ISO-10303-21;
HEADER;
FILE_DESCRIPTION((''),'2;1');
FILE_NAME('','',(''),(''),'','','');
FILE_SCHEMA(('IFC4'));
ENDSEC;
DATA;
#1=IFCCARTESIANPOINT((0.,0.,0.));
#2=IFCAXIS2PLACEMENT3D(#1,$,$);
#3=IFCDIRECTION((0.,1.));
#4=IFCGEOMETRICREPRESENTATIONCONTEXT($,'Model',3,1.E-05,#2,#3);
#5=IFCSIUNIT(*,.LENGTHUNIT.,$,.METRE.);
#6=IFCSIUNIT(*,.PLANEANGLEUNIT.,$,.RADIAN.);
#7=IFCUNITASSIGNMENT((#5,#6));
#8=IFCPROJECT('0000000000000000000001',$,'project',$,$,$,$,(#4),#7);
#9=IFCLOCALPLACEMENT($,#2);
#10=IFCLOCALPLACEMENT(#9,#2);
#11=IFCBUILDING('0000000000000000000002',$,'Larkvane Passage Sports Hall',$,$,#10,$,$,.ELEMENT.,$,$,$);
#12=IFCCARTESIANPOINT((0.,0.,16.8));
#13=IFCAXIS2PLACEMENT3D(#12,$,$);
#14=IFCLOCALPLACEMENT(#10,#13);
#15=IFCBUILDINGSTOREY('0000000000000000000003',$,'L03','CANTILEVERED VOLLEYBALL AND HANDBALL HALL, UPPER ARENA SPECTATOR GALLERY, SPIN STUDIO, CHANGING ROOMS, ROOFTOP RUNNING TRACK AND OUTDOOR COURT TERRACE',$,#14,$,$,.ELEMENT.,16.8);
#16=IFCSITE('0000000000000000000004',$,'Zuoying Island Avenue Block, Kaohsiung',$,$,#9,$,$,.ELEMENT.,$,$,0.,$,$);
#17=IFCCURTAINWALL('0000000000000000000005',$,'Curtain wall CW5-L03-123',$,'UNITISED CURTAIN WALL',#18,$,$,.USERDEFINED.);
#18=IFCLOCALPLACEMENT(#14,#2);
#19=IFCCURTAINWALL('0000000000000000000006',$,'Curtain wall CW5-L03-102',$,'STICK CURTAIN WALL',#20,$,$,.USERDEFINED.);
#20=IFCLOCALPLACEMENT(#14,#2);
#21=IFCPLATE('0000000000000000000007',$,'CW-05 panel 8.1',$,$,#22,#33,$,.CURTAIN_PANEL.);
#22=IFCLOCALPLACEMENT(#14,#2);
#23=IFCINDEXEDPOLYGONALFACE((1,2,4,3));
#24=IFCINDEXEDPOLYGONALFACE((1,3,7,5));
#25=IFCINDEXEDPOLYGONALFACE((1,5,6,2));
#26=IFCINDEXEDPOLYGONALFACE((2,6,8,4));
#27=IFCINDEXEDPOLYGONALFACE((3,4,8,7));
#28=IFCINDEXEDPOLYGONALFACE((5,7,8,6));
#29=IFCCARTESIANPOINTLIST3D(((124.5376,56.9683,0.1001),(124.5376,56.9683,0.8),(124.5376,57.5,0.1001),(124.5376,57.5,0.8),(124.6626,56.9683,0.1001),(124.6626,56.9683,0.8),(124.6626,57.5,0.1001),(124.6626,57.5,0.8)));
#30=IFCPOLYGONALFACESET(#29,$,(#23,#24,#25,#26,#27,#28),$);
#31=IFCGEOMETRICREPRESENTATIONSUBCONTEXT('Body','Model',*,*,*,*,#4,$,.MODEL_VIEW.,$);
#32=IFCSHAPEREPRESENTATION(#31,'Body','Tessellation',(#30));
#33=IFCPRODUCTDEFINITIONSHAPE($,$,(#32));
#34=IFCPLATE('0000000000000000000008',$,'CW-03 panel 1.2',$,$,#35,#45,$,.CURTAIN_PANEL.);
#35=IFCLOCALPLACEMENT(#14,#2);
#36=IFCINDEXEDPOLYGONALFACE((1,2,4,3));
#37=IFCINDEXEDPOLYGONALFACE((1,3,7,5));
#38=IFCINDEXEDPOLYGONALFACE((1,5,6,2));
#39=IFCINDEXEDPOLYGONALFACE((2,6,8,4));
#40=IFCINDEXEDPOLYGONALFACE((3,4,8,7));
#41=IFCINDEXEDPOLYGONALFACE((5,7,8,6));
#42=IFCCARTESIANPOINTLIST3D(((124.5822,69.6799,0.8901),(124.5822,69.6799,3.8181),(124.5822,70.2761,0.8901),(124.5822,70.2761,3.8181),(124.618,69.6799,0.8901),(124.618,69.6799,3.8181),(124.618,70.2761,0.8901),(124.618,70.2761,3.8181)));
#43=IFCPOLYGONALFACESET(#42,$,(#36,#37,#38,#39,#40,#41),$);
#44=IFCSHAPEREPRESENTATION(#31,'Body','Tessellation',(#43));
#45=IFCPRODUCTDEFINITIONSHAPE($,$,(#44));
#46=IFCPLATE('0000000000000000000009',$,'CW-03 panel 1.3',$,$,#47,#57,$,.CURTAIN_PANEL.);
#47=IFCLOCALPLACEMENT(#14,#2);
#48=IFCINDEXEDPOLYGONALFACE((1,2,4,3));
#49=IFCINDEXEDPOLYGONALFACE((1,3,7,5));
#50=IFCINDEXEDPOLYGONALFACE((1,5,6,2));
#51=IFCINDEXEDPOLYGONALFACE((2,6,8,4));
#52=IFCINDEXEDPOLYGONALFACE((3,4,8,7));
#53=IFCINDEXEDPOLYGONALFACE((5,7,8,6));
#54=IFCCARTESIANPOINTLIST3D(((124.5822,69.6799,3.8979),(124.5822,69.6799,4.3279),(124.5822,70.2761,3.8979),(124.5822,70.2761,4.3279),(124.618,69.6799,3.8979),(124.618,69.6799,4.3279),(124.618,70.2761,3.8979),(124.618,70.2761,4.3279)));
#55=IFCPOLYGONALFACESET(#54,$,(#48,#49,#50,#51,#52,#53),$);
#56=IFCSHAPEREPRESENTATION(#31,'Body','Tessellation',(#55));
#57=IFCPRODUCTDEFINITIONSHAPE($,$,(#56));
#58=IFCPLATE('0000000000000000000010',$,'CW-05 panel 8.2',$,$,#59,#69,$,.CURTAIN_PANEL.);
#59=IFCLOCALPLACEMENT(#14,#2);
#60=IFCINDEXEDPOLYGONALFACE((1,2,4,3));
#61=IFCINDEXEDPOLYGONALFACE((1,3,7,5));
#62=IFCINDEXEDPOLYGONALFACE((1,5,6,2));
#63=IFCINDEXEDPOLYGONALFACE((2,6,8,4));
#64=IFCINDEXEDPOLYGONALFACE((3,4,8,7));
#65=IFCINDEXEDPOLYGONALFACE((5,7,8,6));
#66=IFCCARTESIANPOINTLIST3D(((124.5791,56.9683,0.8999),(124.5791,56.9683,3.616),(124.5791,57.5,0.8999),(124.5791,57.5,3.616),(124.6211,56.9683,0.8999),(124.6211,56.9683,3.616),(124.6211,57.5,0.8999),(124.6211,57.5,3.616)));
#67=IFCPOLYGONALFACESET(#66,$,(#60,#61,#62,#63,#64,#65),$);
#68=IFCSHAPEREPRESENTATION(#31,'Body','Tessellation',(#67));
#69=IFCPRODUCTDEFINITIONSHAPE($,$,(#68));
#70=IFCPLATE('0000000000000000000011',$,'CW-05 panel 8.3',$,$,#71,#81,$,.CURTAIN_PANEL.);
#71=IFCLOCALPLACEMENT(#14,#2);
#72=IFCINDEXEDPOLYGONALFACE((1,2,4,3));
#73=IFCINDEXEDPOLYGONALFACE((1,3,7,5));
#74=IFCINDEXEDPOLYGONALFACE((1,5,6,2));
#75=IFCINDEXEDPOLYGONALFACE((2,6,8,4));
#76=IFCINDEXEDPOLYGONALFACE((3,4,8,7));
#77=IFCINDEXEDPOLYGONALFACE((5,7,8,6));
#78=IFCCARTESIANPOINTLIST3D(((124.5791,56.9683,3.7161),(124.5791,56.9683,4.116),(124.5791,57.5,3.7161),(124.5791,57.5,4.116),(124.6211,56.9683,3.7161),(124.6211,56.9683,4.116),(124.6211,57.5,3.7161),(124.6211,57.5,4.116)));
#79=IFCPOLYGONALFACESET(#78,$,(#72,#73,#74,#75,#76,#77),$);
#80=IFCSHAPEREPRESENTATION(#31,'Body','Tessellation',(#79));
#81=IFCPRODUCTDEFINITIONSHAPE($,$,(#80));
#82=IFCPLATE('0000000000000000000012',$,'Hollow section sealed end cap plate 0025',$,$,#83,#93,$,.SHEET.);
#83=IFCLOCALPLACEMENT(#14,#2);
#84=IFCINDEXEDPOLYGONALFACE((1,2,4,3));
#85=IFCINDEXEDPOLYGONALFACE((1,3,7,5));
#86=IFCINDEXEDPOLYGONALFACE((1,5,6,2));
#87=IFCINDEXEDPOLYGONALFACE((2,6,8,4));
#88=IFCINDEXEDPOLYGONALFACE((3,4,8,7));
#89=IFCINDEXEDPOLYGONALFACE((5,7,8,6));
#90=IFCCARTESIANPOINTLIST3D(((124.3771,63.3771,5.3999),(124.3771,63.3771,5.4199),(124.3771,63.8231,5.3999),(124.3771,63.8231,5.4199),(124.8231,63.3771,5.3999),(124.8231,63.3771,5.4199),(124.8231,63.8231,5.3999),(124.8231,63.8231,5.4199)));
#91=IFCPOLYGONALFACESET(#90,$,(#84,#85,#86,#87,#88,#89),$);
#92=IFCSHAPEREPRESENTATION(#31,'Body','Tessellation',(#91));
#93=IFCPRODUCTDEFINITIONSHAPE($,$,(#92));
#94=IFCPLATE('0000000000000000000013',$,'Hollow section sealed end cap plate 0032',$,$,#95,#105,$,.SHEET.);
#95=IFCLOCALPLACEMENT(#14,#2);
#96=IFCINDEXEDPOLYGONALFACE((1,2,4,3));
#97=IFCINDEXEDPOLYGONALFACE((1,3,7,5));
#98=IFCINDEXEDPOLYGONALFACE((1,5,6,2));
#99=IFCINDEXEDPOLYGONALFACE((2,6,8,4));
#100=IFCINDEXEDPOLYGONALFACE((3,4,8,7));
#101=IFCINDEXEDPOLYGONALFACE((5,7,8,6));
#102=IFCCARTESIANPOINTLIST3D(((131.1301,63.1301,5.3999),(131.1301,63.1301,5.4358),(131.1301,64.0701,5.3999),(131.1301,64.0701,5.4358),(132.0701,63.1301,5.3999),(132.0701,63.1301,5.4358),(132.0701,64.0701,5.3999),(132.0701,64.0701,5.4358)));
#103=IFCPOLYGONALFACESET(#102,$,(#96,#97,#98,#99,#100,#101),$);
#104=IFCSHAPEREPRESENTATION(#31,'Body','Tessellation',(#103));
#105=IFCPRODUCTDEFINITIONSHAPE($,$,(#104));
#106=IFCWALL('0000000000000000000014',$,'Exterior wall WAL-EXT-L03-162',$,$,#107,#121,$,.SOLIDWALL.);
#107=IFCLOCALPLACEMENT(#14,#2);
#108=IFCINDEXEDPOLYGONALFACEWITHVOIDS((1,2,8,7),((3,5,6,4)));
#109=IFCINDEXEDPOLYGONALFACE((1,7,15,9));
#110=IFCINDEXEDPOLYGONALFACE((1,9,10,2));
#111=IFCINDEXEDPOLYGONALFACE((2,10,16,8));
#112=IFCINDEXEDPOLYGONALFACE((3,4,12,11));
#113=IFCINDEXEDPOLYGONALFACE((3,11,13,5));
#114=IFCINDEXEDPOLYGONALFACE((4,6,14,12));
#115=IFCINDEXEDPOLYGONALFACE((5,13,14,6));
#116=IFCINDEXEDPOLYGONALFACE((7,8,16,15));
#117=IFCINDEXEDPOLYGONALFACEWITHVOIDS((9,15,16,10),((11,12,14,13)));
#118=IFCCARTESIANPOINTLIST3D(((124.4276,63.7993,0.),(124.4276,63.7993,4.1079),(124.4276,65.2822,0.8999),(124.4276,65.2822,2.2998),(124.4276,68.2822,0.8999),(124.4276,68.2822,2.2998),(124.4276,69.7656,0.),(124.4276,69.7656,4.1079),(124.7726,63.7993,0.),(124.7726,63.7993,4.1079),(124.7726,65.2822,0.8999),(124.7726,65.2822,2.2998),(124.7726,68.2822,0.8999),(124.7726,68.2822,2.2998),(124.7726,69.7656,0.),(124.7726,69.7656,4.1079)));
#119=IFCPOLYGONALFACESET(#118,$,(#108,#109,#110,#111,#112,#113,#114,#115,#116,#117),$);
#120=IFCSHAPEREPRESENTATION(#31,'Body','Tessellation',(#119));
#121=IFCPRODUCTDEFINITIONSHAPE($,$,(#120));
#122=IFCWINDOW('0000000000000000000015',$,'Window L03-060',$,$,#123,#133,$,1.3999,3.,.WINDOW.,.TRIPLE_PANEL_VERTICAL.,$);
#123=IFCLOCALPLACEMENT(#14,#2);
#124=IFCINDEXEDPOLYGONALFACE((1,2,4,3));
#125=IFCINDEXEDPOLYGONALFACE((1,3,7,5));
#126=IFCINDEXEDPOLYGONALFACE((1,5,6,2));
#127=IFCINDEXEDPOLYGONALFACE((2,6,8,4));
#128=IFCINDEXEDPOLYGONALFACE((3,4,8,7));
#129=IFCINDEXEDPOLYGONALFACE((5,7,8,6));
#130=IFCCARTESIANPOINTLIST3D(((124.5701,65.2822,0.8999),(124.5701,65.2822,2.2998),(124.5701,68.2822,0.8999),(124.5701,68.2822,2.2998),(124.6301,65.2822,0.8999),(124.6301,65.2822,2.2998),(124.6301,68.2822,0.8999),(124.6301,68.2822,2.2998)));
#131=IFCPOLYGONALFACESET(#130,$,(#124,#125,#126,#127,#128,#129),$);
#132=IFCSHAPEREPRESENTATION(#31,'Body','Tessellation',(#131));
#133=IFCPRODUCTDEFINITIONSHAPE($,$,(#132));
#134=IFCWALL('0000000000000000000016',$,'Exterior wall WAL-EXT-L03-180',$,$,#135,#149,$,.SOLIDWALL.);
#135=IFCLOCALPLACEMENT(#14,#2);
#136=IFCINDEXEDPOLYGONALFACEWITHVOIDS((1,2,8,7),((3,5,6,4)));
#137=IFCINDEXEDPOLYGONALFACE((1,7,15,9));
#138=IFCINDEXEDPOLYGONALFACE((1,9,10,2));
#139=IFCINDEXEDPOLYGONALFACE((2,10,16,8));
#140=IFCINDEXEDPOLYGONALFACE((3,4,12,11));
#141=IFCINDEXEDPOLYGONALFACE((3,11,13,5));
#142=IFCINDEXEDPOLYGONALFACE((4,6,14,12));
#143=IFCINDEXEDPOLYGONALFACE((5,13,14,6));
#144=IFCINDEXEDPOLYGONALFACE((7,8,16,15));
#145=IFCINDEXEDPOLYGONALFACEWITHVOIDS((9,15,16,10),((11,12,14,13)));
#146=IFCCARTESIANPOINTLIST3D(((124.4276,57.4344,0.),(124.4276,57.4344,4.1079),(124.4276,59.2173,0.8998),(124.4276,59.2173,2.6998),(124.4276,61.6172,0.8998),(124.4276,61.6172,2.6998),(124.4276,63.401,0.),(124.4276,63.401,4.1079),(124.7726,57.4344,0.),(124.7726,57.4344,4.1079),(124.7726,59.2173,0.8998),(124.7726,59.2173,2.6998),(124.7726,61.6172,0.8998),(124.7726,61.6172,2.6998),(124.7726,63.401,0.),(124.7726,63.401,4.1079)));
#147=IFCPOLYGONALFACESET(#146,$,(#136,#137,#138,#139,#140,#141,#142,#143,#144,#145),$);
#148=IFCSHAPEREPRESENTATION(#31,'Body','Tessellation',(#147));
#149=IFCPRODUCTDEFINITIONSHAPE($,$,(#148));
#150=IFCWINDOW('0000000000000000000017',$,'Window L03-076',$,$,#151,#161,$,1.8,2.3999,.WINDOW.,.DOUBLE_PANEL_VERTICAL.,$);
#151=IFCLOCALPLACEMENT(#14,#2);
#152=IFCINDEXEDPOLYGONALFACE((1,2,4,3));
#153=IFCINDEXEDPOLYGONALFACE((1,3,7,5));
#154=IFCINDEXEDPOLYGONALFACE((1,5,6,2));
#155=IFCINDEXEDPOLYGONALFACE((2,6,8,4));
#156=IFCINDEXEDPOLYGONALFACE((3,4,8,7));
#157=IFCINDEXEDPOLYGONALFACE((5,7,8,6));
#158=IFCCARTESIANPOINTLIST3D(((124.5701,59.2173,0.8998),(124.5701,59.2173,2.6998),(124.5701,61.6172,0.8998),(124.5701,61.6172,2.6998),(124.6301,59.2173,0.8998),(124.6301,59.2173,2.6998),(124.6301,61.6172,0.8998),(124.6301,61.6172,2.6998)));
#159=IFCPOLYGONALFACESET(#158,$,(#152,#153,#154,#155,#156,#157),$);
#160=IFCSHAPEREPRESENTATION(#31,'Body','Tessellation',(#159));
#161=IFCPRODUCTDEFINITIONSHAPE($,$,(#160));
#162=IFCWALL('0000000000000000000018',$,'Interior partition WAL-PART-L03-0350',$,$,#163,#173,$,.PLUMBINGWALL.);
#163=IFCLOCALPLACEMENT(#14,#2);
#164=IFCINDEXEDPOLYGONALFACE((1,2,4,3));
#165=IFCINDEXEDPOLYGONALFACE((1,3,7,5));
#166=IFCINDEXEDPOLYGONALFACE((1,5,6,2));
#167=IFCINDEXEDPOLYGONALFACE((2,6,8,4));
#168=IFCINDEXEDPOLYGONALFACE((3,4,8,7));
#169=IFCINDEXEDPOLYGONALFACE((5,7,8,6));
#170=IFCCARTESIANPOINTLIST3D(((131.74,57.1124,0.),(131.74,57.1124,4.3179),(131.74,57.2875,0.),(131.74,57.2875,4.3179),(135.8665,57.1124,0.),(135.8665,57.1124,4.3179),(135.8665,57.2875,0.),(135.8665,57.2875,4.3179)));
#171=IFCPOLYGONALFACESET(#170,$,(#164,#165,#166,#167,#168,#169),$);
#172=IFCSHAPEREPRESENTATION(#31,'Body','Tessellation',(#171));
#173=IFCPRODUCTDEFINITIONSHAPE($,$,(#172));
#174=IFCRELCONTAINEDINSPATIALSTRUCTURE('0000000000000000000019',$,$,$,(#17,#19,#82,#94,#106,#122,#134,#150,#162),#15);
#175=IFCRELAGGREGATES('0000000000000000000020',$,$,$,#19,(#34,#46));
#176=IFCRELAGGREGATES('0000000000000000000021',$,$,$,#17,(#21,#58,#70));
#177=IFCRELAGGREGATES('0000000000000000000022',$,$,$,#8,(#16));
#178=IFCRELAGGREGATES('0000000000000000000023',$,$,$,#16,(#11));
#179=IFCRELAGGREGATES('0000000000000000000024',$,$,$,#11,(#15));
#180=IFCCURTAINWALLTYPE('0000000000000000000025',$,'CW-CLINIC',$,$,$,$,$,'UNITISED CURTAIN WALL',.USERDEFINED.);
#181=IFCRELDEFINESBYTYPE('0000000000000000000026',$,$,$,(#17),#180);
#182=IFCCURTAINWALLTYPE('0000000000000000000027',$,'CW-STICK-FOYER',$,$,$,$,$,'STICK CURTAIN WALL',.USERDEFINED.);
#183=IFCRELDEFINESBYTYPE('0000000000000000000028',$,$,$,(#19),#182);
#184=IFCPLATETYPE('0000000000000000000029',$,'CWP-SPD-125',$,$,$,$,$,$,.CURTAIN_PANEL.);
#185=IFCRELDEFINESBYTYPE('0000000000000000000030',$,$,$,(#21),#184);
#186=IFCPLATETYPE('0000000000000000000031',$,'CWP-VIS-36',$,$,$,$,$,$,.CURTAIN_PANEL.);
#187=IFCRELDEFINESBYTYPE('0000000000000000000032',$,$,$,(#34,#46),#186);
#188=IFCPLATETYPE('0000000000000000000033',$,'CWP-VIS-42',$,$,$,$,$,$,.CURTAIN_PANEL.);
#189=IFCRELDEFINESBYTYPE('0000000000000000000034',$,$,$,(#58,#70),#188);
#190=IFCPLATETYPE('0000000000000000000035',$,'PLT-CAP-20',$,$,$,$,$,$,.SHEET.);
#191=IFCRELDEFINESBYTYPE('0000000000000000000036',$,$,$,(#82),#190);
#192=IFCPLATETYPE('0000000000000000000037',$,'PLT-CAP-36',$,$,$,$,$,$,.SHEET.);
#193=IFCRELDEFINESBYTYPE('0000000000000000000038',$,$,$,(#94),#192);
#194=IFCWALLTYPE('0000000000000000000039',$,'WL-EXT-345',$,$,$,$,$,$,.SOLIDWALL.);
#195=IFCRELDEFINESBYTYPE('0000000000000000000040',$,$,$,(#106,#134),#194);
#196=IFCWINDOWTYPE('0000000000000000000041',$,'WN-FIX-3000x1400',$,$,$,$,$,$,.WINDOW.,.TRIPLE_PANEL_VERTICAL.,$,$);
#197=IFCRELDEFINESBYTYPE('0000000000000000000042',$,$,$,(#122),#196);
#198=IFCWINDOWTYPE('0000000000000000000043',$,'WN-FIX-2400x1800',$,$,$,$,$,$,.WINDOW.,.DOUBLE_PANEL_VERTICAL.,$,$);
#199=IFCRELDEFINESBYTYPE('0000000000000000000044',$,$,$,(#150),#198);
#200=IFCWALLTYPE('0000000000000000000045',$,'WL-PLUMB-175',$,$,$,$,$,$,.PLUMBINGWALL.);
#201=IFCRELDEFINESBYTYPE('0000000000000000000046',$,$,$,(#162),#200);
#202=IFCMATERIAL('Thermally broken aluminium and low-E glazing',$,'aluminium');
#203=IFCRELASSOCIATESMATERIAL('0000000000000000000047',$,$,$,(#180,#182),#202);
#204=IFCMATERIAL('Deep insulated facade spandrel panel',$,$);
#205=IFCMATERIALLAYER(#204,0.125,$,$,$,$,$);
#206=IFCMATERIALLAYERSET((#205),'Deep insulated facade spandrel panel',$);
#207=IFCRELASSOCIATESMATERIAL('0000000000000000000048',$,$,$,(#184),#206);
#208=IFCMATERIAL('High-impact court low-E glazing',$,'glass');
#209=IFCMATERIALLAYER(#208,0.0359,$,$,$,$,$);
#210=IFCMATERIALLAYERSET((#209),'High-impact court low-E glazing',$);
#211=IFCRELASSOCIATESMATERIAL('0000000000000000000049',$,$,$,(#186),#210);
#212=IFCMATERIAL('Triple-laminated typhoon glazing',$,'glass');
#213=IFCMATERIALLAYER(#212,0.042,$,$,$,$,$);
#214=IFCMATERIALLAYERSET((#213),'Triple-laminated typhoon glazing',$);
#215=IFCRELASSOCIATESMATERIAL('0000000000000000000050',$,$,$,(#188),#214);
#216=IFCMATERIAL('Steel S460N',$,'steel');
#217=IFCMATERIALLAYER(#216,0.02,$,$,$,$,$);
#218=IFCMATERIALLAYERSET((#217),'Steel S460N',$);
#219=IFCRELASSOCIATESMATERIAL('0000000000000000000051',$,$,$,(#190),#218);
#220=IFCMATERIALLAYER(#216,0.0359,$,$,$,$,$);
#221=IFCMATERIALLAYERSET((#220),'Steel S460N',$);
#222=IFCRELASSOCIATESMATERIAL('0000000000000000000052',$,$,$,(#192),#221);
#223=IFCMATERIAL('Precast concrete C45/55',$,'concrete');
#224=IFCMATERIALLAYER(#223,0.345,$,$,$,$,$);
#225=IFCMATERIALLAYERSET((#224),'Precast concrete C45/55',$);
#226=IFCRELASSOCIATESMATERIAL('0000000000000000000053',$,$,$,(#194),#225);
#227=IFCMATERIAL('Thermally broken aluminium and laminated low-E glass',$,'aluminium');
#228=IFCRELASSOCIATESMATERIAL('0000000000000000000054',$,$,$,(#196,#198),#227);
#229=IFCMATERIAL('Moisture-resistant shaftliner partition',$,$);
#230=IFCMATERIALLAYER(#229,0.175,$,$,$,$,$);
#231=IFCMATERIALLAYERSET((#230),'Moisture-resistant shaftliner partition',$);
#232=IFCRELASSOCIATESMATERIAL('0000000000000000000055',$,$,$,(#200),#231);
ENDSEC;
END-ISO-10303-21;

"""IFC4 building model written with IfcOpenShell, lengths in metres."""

from ifc_helpers import new_model, si_unit, direction, frame, frame_2d, origin, origin_2d, place, context, subcontext, project, spatial, rectangle, extrude, material, layer, layer_set, type_object, element, fill, aggregate, save


model = new_model("IFC4")

# Units and contexts
model_context = context("Model", 3, precision=1e-05, world=origin(), true_north=direction((0.0, 1.0)))
body_context = subcontext(model_context, "Body", "Model", "MODEL_VIEW")
ifc_project = project(units=[si_unit("LENGTHUNIT", "METRE"), si_unit("PLANEANGLEUNIT", "RADIAN")], contexts=[model_context])

# Site, building, storey
site_placement = place(None, origin())
site = spatial("IfcSite", under=ifc_project, at=site_placement, Name="Zuoying Island Avenue Block, Kaohsiung", CompositionType="ELEMENT", RefElevation=0.0)
building_placement = place(site_placement, origin())
building = spatial("IfcBuilding", under=site, at=building_placement, Name="Larkvane Passage Sports Hall", CompositionType="ELEMENT")
storey_placement = place(building_placement, frame((0.0, 0.0, 16.8)))
storey = spatial("IfcBuildingStorey", under=building, at=storey_placement, Name="L03", Description="CANTILEVERED VOLLEYBALL AND HANDBALL HALL, UPPER ARENA SPECTATOR GALLERY, SPIN STUDIO, CHANGING ROOMS, ROOFTOP RUNNING TRACK AND OUTDOOR COURT TERRACE", CompositionType="ELEMENT", Elevation=16.8)

# Shared definitions
ifc_material_1 = material(Name="Steel S460N", Category="steel")

# Curtain wall
ifc_material_2 = material(Name="Thermally broken aluminium and low-E glazing", Category="aluminium")
curtain_wall_type_1 = type_object("IfcCurtainWallType", Name="CW-CLINIC", ElementType="UNITISED CURTAIN WALL", PredefinedType="USERDEFINED", material=ifc_material_2)
curtain_wall_1_placement = place(storey_placement, origin())
curtain_wall_1 = element("IfcCurtainWall", 1, at=curtain_wall_1_placement, inside=storey, type_object=curtain_wall_type_1, Name="Curtain wall CW5-L03-123", ObjectType="UNITISED CURTAIN WALL", PredefinedType="USERDEFINED")

# Curtain wall
curtain_wall_type_2 = type_object("IfcCurtainWallType", Name="CW-STICK-FOYER", ElementType="STICK CURTAIN WALL", PredefinedType="USERDEFINED", material=ifc_material_2)
curtain_wall_2_placement = place(storey_placement, origin())
curtain_wall_2 = element("IfcCurtainWall", 2, at=curtain_wall_2_placement, inside=storey, type_object=curtain_wall_type_2, Name="Curtain wall CW5-L03-102", ObjectType="STICK CURTAIN WALL", PredefinedType="USERDEFINED")

# Plates
ifc_material_3 = material(Name="Deep insulated facade spandrel panel")
ifc_layer_1 = layer(ifc_material_3, 0.125)
ifc_layer_set_1 = layer_set([ifc_layer_1], Name="Deep insulated facade spandrel panel")
plate_type_1 = type_object("IfcPlateType", Name="CWP-SPD-125", PredefinedType="CURTAIN_PANEL", material=ifc_layer_set_1)
plate_1_placement = place(storey_placement, frame((124.6001, 57.2341, 0.1001), z_axis=(0.0, 0.0, 1.0), x_axis=(0.0, 1.0, 0.0)))
plate_1 = element("IfcPlate", 3, at=plate_1_placement, type_object=plate_type_1, Name="CW-05 panel 8.1", PredefinedType="CURTAIN_PANEL", context=body_context, shape_type="SweptSolid", body=[
    extrude(rectangle(XDim=0.5317, YDim=0.125, at=origin_2d()), origin(), (0.0, 0.0, 1.0), 0.7),
])
ifc_material_4 = material(Name="High-impact court low-E glazing", Category="glass")
ifc_layer_2 = layer(ifc_material_4, 0.0359)
ifc_layer_set_2 = layer_set([ifc_layer_2], Name="High-impact court low-E glazing")
plate_type_2 = type_object("IfcPlateType", Name="CWP-VIS-36", PredefinedType="CURTAIN_PANEL", material=ifc_layer_set_2)
plate_2_placement = place(storey_placement, frame((124.6001, 69.978, 0.8901), z_axis=(0.0, 0.0, 1.0), x_axis=(0.0, 1.0, 0.0)))
plate_2 = element("IfcPlate", 4, at=plate_2_placement, type_object=plate_type_2, Name="CW-03 panel 1.2", PredefinedType="CURTAIN_PANEL", context=body_context, shape_type="SweptSolid", body=[
    extrude(rectangle(XDim=0.5962, YDim=0.0359, at=origin_2d()), origin(), (0.0, 0.0, 1.0), 2.928),
])
plate_3_placement = place(storey_placement, frame((124.6001, 69.978, 3.8979), z_axis=(0.0, 0.0, 1.0), x_axis=(0.0, 1.0, 0.0)))
plate_3 = element("IfcPlate", 5, at=plate_3_placement, type_object=plate_type_2, Name="CW-03 panel 1.3", PredefinedType="CURTAIN_PANEL", context=body_context, shape_type="SweptSolid", body=[
    extrude(rectangle(XDim=0.5962, YDim=0.0359, at=origin_2d()), origin(), (0.0, 0.0, 1.0), 0.4299),
])
aggregate(curtain_wall_2, [plate_2, plate_3])
ifc_material_5 = material(Name="Triple-laminated typhoon glazing", Category="glass")
ifc_layer_3 = layer(ifc_material_5, 0.042)
ifc_layer_set_3 = layer_set([ifc_layer_3], Name="Triple-laminated typhoon glazing")
plate_type_3 = type_object("IfcPlateType", Name="CWP-VIS-42", PredefinedType="CURTAIN_PANEL", material=ifc_layer_set_3)
plate_4_placement = place(storey_placement, frame((124.6001, 57.2341, 0.8999), z_axis=(0.0, 0.0, 1.0), x_axis=(0.0, 1.0, 0.0)))
plate_4 = element("IfcPlate", 6, at=plate_4_placement, type_object=plate_type_3, Name="CW-05 panel 8.2", PredefinedType="CURTAIN_PANEL", context=body_context, shape_type="SweptSolid", body=[
    extrude(rectangle(XDim=0.5317, YDim=0.042, at=origin_2d()), origin(), (0.0, 0.0, 1.0), 2.7161),
])
plate_5_placement = place(storey_placement, frame((124.6001, 57.2341, 3.7161), z_axis=(0.0, 0.0, 1.0), x_axis=(0.0, 1.0, 0.0)))
plate_5 = element("IfcPlate", 7, at=plate_5_placement, type_object=plate_type_3, Name="CW-05 panel 8.3", PredefinedType="CURTAIN_PANEL", context=body_context, shape_type="SweptSolid", body=[
    extrude(rectangle(XDim=0.5317, YDim=0.042, at=origin_2d()), origin(), (0.0, 0.0, 1.0), 0.3999),
])
aggregate(curtain_wall_1, [plate_1, plate_4, plate_5])

# Plates
ifc_layer_4 = layer(ifc_material_1, 0.02)
ifc_layer_set_4 = layer_set([ifc_layer_4], Name="Steel S460N")
plate_type_4 = type_object("IfcPlateType", Name="PLT-CAP-20", PredefinedType="SHEET", material=ifc_layer_set_4)
plate_6_placement = place(storey_placement, frame((124.6001, 63.6001, 5.3999), z_axis=(0.0, 0.0, 1.0), x_axis=(1.0, 0.0, 0.0)))
element("IfcPlate", 8, at=plate_6_placement, inside=storey, type_object=plate_type_4, Name="Hollow section sealed end cap plate 0025", PredefinedType="SHEET", context=body_context, shape_type="SweptSolid", body=[
    extrude(rectangle(XDim=0.446, YDim=0.446, at=origin_2d()), origin(), (0.0, 0.0, 1.0), 0.02),
])
ifc_layer_5 = layer(ifc_material_1, 0.0359)
ifc_layer_set_5 = layer_set([ifc_layer_5], Name="Steel S460N")
plate_type_5 = type_object("IfcPlateType", Name="PLT-CAP-36", PredefinedType="SHEET", material=ifc_layer_set_5)
plate_7_placement = place(storey_placement, frame((131.6001, 63.6001, 5.3999), z_axis=(0.0, 0.0, 1.0), x_axis=(1.0, 0.0, 0.0)))
element("IfcPlate", 9, at=plate_7_placement, inside=storey, type_object=plate_type_5, Name="Hollow section sealed end cap plate 0032", PredefinedType="SHEET", context=body_context, shape_type="SweptSolid", body=[
    extrude(rectangle(XDim=0.9399, YDim=0.9399, at=origin_2d()), origin(), (0.0, 0.0, 1.0), 0.0359),
])

# Walls, openings, windows
ifc_material_6 = material(Name="Precast concrete C45/55", Category="concrete")
ifc_layer_6 = layer(ifc_material_6, 0.345)
ifc_layer_set_6 = layer_set([ifc_layer_6], Name="Precast concrete C45/55")
wall_type_1 = type_object("IfcWallType", Name="WL-EXT-345", PredefinedType="SOLIDWALL", material=ifc_layer_set_6)
wall_1_placement = place(storey_placement, frame((124.6001, 63.7993, 0.0), z_axis=(0.0, 0.0, 1.0), x_axis=(0.0, 1.0, 0.0)))
wall_1 = element("IfcWall", 10, at=wall_1_placement, inside=storey, type_object=wall_type_1, Name="Exterior wall WAL-EXT-L03-162", PredefinedType="SOLIDWALL", context=body_context, shape_type="SweptSolid", body=[
    extrude(rectangle(XDim=5.9663, YDim=0.345, at=frame_2d((2.9832, 0.0))), origin(), (0.0, 0.0, 1.0), 4.1079),
])
opening_1_placement = place(wall_1_placement, frame((1.4829, 0.0, 0.8999)))
opening_1 = element("IfcOpeningElement", 11, at=opening_1_placement, cuts=wall_1, PredefinedType="OPENING", context=body_context, shape_type="SweptSolid", body=[
    extrude(rectangle(XDim=3.0, YDim=1.3999, at=frame_2d((1.5, 0.7))), frame((0.0, 0.1824, 0.0), z_axis=(0.0, -1.0, 0.0), x_axis=(1.0, 0.0, 0.0)), (0.0, 0.0, 1.0), 0.365),
])
ifc_material_7 = material(Name="Thermally broken aluminium and laminated low-E glass", Category="aluminium")
window_type_1 = type_object("IfcWindowType", Name="WN-FIX-3000x1400", PartitioningType="TRIPLE_PANEL_VERTICAL", PredefinedType="WINDOW", material=ifc_material_7)
window_1_placement = place(opening_1_placement, origin())
window_1 = element("IfcWindow", 12, at=window_1_placement, inside=storey, type_object=window_type_1, Name="Window L03-060", OverallHeight=1.3999, OverallWidth=3.0, PartitioningType="TRIPLE_PANEL_VERTICAL", PredefinedType="WINDOW", context=body_context, shape_type="SweptSolid", body=[
    extrude(rectangle(XDim=3.0, YDim=1.3999, at=frame_2d((1.5, 0.7))), frame((0.0, 0.03, 0.0), z_axis=(0.0, -1.0, 0.0), x_axis=(1.0, 0.0, 0.0)), (0.0, 0.0, 1.0), 0.0601),
])
fill(opening_1, window_1)
wall_2_placement = place(storey_placement, frame((124.6001, 57.4343, 0.0), z_axis=(0.0, 0.0, 1.0), x_axis=(0.0, 1.0, 0.0)))
wall_2 = element("IfcWall", 13, at=wall_2_placement, inside=storey, type_object=wall_type_1, Name="Exterior wall WAL-EXT-L03-180", PredefinedType="SOLIDWALL", context=body_context, shape_type="SweptSolid", body=[
    extrude(rectangle(XDim=5.9666, YDim=0.345, at=frame_2d((2.9834, 0.0))), origin(), (0.0, 0.0, 1.0), 4.1079),
])
opening_2_placement = place(wall_2_placement, frame((1.783, 0.0, 0.8999)))
opening_2 = element("IfcOpeningElement", 14, at=opening_2_placement, cuts=wall_2, PredefinedType="OPENING", context=body_context, shape_type="SweptSolid", body=[
    extrude(rectangle(XDim=2.3999, YDim=1.8, at=frame_2d((1.2, 0.8999))), frame((0.0, 0.1824, 0.0), z_axis=(0.0, -1.0, 0.0), x_axis=(1.0, 0.0, 0.0)), (0.0, 0.0, 1.0), 0.365),
])
window_type_2 = type_object("IfcWindowType", Name="WN-FIX-2400x1800", PartitioningType="DOUBLE_PANEL_VERTICAL", PredefinedType="WINDOW", material=ifc_material_7)
window_2_placement = place(opening_2_placement, origin())
window_2 = element("IfcWindow", 15, at=window_2_placement, inside=storey, type_object=window_type_2, Name="Window L03-076", OverallHeight=1.8, OverallWidth=2.3999, PartitioningType="DOUBLE_PANEL_VERTICAL", PredefinedType="WINDOW", context=body_context, shape_type="SweptSolid", body=[
    extrude(rectangle(XDim=2.3999, YDim=1.8, at=frame_2d((1.2, 0.8999))), frame((0.0, 0.03, 0.0), z_axis=(0.0, -1.0, 0.0), x_axis=(1.0, 0.0, 0.0)), (0.0, 0.0, 1.0), 0.0601),
])
fill(opening_2, window_2)

# Wall
ifc_material_8 = material(Name="Moisture-resistant shaftliner partition")
ifc_layer_7 = layer(ifc_material_8, 0.175)
ifc_layer_set_7 = layer_set([ifc_layer_7], Name="Moisture-resistant shaftliner partition")
wall_type_2 = type_object("IfcWallType", Name="WL-PLUMB-175", PredefinedType="PLUMBINGWALL", material=ifc_layer_set_7)
wall_3_placement = place(storey_placement, frame((131.74, 57.2, 0.0), z_axis=(0.0, 0.0, 1.0), x_axis=(1.0, 0.0, 0.0)))
element("IfcWall", 16, at=wall_3_placement, inside=storey, type_object=wall_type_2, Name="Interior partition WAL-PART-L03-0350", PredefinedType="PLUMBINGWALL", context=body_context, shape_type="SweptSolid", body=[
    extrude(rectangle(XDim=4.1265, YDim=0.175, at=frame_2d((2.0632, 0.0))), origin(), (0.0, 0.0, 1.0), 4.3179),
])

save(model, "model.ifc")
